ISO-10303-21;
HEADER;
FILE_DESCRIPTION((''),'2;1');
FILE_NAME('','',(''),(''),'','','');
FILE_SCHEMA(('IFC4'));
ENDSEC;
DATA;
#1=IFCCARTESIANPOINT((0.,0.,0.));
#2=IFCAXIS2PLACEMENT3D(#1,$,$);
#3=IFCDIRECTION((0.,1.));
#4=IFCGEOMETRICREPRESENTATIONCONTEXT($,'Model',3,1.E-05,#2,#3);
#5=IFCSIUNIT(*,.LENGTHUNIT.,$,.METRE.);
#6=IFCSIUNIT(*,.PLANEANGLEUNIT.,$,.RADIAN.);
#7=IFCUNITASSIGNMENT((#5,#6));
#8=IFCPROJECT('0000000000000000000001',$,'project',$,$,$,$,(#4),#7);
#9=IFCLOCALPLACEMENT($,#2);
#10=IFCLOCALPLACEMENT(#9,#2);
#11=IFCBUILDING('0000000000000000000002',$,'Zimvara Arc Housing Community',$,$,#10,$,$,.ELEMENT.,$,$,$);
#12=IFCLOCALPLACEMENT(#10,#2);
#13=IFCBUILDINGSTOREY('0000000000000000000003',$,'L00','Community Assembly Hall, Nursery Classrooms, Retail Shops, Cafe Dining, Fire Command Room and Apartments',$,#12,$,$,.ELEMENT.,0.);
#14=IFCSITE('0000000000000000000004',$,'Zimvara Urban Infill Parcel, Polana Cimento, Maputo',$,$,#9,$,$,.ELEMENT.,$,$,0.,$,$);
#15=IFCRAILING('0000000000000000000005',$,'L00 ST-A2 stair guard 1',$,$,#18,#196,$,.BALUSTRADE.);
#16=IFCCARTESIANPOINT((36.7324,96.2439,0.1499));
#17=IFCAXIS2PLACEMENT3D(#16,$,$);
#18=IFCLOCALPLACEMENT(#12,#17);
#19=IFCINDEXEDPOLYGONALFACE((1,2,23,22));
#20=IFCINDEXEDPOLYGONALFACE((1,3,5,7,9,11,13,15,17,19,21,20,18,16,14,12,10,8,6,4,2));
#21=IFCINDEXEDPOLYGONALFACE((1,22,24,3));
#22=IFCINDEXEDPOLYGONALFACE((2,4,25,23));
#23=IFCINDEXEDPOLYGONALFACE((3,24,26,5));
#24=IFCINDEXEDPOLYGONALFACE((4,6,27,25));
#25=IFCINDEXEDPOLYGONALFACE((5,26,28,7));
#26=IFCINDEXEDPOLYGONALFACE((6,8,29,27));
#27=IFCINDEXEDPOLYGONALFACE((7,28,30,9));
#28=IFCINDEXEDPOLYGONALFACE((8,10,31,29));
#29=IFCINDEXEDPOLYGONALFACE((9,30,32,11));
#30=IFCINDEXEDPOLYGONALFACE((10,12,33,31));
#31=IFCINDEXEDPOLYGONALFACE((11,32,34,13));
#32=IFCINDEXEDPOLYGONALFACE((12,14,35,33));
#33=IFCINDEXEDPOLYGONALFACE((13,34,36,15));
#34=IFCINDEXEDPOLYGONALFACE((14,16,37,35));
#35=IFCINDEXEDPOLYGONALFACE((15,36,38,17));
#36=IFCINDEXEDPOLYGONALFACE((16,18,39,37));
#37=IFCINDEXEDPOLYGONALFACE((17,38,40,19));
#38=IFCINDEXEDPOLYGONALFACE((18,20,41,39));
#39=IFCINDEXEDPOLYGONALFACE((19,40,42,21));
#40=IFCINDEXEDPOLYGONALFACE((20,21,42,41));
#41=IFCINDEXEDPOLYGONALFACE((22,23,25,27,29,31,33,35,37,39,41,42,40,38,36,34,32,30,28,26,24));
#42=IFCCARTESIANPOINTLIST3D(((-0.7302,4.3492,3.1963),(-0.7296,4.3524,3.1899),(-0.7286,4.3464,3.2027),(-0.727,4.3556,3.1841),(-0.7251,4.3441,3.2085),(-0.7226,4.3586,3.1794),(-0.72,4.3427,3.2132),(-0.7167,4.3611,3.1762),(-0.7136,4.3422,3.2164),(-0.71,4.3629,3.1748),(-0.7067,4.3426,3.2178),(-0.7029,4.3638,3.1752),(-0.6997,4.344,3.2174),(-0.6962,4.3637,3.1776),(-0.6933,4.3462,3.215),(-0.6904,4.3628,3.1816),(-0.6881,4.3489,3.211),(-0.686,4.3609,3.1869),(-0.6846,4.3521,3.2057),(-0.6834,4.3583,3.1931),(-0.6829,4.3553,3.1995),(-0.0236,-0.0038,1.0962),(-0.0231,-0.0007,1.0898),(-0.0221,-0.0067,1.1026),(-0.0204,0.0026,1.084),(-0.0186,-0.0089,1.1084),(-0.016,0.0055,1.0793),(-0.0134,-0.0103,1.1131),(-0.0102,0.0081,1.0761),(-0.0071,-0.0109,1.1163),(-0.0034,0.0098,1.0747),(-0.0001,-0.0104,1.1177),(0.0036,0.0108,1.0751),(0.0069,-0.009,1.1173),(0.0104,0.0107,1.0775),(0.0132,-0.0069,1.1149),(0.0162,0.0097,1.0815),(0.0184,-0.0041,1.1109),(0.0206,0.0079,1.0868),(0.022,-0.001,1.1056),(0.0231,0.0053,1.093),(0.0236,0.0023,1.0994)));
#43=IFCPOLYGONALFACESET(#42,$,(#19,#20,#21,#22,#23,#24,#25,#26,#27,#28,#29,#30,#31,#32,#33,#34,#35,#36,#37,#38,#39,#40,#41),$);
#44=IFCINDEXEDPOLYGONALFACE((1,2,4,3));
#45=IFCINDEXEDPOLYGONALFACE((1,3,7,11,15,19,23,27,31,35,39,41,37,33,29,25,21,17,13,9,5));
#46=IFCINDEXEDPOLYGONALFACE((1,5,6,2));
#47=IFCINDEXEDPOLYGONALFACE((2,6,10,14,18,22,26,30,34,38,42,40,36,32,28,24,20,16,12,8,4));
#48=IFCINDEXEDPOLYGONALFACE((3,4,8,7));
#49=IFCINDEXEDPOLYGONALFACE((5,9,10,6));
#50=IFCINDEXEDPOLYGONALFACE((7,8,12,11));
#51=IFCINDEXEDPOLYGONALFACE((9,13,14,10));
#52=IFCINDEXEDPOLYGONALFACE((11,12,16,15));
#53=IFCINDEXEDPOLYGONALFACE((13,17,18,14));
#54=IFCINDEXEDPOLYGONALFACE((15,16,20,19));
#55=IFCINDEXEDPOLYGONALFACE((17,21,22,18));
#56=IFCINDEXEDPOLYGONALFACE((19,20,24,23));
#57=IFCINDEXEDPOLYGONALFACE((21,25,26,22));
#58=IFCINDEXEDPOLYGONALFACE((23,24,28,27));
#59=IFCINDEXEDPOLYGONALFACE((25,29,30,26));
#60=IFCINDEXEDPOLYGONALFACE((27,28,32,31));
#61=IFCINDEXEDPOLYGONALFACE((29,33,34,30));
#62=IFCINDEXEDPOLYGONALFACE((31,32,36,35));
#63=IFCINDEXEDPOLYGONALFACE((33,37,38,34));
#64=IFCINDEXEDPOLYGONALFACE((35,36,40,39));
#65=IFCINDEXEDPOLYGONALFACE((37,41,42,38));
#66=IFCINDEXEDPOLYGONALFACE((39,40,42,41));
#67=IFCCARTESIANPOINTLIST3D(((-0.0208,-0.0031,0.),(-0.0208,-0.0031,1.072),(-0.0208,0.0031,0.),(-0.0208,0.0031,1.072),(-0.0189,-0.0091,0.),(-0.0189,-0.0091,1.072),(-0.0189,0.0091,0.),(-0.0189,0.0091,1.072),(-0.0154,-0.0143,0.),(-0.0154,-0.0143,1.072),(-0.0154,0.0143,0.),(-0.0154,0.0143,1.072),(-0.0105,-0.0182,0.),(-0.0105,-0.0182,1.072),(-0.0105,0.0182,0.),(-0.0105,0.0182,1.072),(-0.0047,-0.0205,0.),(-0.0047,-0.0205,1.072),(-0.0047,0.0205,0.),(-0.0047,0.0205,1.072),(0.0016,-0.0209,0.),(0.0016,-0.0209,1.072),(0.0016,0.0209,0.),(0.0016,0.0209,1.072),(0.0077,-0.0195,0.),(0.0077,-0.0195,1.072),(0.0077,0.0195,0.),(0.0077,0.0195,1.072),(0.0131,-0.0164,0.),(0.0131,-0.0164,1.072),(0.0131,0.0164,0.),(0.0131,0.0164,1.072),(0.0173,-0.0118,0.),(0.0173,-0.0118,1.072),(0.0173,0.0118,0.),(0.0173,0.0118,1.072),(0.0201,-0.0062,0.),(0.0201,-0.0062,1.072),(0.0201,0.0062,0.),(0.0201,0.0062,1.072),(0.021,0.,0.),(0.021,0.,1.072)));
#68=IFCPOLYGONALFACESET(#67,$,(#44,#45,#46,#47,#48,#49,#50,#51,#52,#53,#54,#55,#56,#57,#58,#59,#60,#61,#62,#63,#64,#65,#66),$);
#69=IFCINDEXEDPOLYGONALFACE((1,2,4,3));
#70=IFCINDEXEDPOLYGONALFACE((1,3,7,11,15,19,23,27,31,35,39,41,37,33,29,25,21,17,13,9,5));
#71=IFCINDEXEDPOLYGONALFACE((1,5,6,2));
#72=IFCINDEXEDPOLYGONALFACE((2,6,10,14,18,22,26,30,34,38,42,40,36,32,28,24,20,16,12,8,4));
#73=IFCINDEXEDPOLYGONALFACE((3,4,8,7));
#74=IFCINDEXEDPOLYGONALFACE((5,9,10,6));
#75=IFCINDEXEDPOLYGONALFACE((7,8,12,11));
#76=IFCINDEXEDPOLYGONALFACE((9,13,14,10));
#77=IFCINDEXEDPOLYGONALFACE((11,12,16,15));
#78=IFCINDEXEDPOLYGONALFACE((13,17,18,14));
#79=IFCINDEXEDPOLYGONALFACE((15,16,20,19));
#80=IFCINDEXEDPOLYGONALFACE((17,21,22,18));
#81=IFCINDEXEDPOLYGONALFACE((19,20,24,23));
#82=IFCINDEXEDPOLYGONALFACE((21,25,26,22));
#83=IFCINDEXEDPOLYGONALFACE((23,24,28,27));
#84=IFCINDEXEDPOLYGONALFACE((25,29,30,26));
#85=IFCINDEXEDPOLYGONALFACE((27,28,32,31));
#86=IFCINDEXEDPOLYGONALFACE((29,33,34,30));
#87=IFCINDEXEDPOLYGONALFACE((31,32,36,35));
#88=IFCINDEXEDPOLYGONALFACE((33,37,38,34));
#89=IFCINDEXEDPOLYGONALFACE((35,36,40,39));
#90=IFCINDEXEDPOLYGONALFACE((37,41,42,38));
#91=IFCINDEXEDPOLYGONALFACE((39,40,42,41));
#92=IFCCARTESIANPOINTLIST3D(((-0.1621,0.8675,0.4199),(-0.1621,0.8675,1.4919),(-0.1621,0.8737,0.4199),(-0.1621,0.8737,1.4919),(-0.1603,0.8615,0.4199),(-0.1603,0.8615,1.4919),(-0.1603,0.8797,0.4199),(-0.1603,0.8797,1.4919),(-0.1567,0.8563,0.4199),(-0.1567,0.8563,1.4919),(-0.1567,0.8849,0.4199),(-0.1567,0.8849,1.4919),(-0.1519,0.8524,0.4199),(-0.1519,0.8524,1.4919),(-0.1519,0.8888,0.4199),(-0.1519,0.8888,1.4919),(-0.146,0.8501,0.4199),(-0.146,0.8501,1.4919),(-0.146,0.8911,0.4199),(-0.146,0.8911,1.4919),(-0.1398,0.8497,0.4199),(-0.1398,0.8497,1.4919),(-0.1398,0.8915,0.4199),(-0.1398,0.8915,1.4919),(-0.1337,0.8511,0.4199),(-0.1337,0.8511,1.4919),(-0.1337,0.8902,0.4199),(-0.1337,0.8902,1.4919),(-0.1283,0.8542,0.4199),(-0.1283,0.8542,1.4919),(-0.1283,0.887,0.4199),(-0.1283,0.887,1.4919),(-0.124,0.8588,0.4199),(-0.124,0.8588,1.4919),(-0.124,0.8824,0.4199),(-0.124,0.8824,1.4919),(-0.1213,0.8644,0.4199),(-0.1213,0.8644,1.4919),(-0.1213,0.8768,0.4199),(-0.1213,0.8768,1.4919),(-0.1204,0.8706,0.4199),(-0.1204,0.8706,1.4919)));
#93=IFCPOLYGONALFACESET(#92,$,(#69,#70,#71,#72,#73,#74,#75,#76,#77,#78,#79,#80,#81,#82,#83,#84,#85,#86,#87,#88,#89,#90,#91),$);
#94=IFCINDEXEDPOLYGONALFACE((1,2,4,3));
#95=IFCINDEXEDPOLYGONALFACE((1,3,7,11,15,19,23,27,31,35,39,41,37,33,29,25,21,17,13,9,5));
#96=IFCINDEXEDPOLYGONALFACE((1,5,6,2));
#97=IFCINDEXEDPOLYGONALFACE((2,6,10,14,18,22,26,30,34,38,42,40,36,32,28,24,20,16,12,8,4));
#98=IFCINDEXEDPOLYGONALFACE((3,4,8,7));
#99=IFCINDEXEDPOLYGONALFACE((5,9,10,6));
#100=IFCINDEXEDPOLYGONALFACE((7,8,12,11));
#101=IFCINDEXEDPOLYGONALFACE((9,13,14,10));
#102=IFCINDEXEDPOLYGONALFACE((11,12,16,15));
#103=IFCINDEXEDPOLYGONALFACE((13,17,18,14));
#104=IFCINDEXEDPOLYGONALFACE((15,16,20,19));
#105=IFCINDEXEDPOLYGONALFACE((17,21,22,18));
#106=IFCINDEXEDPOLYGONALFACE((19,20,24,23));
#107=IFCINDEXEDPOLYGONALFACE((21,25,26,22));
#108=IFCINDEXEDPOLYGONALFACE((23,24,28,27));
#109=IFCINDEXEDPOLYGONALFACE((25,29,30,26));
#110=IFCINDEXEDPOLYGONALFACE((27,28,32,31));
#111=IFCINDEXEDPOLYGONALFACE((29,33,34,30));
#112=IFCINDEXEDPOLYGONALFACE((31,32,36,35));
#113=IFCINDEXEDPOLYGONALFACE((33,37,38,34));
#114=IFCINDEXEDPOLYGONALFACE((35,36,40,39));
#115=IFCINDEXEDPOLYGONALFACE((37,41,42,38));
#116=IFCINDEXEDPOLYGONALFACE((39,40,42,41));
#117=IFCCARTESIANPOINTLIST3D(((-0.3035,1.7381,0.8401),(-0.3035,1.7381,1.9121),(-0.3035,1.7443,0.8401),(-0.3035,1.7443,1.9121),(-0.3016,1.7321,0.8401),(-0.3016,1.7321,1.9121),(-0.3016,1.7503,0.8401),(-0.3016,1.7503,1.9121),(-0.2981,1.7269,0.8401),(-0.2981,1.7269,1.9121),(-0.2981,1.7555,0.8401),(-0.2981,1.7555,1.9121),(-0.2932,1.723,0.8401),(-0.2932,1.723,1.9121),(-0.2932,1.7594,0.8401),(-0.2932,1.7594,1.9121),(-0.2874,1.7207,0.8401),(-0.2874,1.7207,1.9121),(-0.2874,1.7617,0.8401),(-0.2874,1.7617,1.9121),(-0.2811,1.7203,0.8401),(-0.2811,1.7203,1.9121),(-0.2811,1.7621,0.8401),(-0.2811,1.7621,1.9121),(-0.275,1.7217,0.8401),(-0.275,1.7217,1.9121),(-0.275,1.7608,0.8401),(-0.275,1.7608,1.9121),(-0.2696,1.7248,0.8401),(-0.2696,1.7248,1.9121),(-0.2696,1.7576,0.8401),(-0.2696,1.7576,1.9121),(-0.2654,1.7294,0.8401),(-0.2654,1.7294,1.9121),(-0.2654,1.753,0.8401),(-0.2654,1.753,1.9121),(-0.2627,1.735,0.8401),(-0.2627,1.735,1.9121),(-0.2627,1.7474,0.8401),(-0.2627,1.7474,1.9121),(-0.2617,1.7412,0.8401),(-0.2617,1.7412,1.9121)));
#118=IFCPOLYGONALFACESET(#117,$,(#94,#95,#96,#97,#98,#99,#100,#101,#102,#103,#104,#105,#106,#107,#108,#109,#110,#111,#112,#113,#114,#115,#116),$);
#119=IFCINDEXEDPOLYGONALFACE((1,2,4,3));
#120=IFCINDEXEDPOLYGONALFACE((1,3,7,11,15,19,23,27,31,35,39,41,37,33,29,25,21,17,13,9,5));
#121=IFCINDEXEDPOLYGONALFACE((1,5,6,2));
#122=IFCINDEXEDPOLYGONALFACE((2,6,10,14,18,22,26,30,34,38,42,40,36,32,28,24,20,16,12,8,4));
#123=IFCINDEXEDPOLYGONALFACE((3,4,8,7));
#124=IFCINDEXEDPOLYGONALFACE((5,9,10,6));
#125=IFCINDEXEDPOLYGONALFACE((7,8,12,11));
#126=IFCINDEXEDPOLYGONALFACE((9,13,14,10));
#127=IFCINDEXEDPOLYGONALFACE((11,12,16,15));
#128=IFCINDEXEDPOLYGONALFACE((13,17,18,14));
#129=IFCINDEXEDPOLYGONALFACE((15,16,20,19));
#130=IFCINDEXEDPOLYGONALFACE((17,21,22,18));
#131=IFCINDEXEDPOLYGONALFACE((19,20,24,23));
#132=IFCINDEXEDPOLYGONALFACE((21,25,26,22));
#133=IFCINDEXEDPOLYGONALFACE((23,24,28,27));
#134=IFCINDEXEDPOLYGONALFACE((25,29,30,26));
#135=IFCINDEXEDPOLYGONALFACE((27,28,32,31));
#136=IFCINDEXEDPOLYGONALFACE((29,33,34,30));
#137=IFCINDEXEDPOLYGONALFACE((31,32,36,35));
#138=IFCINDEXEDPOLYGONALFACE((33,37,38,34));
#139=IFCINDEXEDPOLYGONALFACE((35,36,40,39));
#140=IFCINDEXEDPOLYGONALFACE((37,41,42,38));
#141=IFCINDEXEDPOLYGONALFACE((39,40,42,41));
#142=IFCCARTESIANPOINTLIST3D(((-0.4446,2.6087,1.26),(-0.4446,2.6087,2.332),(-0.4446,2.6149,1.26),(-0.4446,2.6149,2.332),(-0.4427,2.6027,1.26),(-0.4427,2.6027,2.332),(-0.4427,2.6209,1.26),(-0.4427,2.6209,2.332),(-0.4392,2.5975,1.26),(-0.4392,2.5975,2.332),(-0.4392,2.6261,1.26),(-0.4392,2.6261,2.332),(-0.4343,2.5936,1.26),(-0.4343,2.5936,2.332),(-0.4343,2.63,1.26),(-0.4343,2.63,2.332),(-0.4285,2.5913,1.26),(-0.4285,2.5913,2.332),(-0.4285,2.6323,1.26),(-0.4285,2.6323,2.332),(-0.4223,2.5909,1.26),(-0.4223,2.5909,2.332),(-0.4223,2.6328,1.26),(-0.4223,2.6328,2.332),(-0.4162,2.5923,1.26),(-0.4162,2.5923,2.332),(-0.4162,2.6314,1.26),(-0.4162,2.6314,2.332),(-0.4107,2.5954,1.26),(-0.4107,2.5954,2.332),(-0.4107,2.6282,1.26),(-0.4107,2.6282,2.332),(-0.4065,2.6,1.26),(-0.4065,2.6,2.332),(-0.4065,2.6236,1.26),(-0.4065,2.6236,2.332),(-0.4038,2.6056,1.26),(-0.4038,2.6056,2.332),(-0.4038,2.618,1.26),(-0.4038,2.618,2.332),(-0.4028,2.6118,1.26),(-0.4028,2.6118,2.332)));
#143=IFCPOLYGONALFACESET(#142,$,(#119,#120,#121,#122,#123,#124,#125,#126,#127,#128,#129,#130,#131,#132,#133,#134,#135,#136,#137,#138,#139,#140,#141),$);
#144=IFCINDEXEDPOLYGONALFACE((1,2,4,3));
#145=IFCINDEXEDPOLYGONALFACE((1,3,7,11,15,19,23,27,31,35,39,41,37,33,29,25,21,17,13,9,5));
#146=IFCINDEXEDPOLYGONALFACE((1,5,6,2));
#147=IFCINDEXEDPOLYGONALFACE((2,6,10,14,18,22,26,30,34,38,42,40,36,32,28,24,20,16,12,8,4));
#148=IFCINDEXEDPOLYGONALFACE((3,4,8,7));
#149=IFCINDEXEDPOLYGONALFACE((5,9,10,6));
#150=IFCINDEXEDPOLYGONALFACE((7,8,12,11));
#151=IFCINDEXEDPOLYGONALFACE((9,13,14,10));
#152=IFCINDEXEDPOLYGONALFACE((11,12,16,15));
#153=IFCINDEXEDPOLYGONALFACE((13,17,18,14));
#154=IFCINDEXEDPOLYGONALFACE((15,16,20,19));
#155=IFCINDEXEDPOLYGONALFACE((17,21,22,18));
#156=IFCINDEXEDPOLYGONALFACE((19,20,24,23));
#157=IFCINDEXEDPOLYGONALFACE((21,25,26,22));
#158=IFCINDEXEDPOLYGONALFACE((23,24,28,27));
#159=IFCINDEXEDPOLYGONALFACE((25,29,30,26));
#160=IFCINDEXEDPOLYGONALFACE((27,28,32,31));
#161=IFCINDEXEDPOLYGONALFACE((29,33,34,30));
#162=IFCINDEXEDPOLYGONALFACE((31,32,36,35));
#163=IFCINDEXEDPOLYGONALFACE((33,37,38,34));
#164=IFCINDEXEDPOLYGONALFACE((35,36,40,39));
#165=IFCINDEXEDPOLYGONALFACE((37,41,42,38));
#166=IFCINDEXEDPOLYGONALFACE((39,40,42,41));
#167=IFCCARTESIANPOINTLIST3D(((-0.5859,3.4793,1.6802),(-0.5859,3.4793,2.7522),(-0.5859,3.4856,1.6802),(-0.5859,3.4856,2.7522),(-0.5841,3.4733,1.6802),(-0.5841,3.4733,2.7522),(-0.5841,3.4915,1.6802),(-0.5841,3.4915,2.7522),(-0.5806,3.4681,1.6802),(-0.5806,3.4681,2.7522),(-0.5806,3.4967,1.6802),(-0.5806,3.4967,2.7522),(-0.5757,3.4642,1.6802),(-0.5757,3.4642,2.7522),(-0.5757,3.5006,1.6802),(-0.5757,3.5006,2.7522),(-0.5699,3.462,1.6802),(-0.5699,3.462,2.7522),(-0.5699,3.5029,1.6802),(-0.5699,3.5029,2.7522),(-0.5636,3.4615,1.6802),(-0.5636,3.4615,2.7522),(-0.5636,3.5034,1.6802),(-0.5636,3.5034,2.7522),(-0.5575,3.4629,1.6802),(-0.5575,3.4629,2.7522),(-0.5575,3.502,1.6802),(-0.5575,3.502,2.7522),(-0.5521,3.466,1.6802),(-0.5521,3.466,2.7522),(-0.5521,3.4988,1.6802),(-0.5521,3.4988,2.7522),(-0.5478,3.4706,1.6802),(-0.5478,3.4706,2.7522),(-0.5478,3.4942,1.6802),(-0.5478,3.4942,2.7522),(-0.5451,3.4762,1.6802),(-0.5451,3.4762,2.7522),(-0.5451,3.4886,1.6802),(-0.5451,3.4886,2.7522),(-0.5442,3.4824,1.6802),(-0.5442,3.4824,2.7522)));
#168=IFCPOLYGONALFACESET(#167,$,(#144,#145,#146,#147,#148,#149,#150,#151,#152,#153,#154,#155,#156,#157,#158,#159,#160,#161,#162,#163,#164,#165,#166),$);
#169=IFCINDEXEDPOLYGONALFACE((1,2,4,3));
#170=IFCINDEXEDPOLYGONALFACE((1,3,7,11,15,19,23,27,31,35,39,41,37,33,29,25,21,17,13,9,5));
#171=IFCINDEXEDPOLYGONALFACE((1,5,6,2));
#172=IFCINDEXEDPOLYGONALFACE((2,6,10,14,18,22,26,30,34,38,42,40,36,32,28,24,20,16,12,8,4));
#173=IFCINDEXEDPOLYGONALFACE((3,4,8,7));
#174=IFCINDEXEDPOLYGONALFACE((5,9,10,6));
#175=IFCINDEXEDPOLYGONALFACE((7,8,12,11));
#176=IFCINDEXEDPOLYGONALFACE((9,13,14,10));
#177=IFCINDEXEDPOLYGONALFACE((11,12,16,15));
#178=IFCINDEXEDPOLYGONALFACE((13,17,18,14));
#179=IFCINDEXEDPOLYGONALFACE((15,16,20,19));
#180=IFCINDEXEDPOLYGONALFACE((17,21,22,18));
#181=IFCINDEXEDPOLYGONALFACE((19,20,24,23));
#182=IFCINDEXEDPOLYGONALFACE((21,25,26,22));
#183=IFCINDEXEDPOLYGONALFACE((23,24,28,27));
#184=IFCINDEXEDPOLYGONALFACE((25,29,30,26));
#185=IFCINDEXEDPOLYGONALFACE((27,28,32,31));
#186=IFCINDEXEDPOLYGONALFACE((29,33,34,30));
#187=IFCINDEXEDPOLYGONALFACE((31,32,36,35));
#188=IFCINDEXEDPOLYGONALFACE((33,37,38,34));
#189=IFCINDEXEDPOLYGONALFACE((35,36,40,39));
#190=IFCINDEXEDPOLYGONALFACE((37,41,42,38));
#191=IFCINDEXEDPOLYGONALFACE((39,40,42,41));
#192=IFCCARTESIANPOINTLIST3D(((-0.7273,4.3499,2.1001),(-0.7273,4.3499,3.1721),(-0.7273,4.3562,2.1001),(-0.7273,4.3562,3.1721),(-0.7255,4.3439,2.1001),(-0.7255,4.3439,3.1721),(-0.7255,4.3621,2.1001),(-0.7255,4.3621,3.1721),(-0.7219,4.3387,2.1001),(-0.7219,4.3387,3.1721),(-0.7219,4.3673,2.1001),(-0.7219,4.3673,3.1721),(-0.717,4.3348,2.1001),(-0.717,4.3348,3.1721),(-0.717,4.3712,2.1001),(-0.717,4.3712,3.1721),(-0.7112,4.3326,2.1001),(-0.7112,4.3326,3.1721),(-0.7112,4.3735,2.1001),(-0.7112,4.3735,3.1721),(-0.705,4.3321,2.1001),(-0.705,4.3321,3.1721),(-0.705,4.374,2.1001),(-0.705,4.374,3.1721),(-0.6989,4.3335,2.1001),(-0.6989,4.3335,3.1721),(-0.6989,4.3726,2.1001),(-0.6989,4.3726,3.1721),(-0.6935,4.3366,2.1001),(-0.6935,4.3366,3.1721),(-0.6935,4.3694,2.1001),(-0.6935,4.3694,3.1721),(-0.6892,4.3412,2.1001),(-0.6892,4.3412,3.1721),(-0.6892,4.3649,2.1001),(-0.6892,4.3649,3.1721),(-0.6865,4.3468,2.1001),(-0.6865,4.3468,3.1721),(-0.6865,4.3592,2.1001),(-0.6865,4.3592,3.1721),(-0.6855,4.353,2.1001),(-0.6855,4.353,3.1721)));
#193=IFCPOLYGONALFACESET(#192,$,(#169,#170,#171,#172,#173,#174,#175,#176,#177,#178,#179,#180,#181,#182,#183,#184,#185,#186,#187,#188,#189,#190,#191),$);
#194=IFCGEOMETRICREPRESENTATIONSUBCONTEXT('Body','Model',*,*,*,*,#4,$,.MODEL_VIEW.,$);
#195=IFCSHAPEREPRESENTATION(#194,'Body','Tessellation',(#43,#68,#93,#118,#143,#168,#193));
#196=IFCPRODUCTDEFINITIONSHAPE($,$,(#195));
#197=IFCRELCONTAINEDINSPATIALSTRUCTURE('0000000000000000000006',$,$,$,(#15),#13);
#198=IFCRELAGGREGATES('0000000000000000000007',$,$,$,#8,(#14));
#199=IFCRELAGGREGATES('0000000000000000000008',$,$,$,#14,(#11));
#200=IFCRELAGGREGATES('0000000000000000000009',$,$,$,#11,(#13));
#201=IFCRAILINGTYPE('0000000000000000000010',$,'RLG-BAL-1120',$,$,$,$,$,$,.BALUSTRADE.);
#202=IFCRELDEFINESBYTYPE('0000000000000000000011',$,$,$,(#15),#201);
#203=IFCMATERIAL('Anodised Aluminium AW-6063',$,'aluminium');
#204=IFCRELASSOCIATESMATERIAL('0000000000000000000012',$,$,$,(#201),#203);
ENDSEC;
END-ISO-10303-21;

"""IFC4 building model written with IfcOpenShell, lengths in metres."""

from ifc_helpers import new_model, si_unit, direction, frame, origin, origin_2d, place, context, subcontext, project, spatial, circle, extrude, material, type_object, element, save


model = new_model("IFC4")

# Units and contexts
model_context = context("Model", 3, precision=1e-05, world=origin(), true_north=direction((0.0, 1.0)))
body_context = subcontext(model_context, "Body", "Model", "MODEL_VIEW")
ifc_project = project(units=[si_unit("LENGTHUNIT", "METRE"), si_unit("PLANEANGLEUNIT", "RADIAN")], contexts=[model_context])

# Site, building, storey
site_placement = place(None, origin())
site = spatial("IfcSite", under=ifc_project, at=site_placement, Name="Zimvara Urban Infill Parcel, Polana Cimento, Maputo", CompositionType="ELEMENT", RefElevation=0.0)
building_placement = place(site_placement, origin())
building = spatial("IfcBuilding", under=site, at=building_placement, Name="Zimvara Arc Housing Community", CompositionType="ELEMENT")
storey_placement = place(building_placement, origin())
storey = spatial("IfcBuildingStorey", under=building, at=storey_placement, Name="L00", Description="Community Assembly Hall, Nursery Classrooms, Retail Shops, Cafe Dining, Fire Command Room and Apartments", CompositionType="ELEMENT", Elevation=0.0)

# Railing
ifc_material_1 = material(Name="Anodised Aluminium AW-6063", Category="aluminium")
railing_type_1 = type_object("IfcRailingType", Name="RLG-BAL-1120", PredefinedType="BALUSTRADE", material=ifc_material_1)
railing_1_placement = place(storey_placement, frame((36.7324, 96.2439, 0.1499)))
element("IfcRailing", 1, at=railing_1_placement, inside=storey, type_object=railing_type_1, Name="L00 ST-A2 stair guard 1", PredefinedType="BALUSTRADE", context=body_context, shape_type="SweptSolid", body=[
    extrude(circle(Radius=0.0239, at=origin_2d()), frame((0.0, 0.0, 1.0962), z_axis=(-0.14465, 0.89119, 0.42995), x_axis=(-0.987082, -0.160214, 0.0)), (0.0, 0.0, 1.0), 4.8845),
    extrude(circle(Radius=0.021, at=origin_2d()), origin(), (0.0, 0.0, 1.0), 1.072),
    extrude(circle(Radius=0.021, at=origin_2d()), frame((-0.1414, 0.8706, 0.4199)), (0.0, 0.0, 1.0), 1.072),
    extrude(circle(Radius=0.021, at=origin_2d()), frame((-0.2827, 1.7412, 0.8401)), (0.0, 0.0, 1.0), 1.072),
    extrude(circle(Radius=0.021, at=origin_2d()), frame((-0.4238, 2.6118, 1.26)), (0.0, 0.0, 1.0), 1.072),
    extrude(circle(Radius=0.021, at=origin_2d()), frame((-0.5652, 3.4824, 1.6802)), (0.0, 0.0, 1.0), 1.072),
    extrude(circle(Radius=0.021, at=origin_2d()), frame((-0.7065, 4.353, 2.1001)), (0.0, 0.0, 1.0), 1.072),
])

save(model, "model.ifc")
